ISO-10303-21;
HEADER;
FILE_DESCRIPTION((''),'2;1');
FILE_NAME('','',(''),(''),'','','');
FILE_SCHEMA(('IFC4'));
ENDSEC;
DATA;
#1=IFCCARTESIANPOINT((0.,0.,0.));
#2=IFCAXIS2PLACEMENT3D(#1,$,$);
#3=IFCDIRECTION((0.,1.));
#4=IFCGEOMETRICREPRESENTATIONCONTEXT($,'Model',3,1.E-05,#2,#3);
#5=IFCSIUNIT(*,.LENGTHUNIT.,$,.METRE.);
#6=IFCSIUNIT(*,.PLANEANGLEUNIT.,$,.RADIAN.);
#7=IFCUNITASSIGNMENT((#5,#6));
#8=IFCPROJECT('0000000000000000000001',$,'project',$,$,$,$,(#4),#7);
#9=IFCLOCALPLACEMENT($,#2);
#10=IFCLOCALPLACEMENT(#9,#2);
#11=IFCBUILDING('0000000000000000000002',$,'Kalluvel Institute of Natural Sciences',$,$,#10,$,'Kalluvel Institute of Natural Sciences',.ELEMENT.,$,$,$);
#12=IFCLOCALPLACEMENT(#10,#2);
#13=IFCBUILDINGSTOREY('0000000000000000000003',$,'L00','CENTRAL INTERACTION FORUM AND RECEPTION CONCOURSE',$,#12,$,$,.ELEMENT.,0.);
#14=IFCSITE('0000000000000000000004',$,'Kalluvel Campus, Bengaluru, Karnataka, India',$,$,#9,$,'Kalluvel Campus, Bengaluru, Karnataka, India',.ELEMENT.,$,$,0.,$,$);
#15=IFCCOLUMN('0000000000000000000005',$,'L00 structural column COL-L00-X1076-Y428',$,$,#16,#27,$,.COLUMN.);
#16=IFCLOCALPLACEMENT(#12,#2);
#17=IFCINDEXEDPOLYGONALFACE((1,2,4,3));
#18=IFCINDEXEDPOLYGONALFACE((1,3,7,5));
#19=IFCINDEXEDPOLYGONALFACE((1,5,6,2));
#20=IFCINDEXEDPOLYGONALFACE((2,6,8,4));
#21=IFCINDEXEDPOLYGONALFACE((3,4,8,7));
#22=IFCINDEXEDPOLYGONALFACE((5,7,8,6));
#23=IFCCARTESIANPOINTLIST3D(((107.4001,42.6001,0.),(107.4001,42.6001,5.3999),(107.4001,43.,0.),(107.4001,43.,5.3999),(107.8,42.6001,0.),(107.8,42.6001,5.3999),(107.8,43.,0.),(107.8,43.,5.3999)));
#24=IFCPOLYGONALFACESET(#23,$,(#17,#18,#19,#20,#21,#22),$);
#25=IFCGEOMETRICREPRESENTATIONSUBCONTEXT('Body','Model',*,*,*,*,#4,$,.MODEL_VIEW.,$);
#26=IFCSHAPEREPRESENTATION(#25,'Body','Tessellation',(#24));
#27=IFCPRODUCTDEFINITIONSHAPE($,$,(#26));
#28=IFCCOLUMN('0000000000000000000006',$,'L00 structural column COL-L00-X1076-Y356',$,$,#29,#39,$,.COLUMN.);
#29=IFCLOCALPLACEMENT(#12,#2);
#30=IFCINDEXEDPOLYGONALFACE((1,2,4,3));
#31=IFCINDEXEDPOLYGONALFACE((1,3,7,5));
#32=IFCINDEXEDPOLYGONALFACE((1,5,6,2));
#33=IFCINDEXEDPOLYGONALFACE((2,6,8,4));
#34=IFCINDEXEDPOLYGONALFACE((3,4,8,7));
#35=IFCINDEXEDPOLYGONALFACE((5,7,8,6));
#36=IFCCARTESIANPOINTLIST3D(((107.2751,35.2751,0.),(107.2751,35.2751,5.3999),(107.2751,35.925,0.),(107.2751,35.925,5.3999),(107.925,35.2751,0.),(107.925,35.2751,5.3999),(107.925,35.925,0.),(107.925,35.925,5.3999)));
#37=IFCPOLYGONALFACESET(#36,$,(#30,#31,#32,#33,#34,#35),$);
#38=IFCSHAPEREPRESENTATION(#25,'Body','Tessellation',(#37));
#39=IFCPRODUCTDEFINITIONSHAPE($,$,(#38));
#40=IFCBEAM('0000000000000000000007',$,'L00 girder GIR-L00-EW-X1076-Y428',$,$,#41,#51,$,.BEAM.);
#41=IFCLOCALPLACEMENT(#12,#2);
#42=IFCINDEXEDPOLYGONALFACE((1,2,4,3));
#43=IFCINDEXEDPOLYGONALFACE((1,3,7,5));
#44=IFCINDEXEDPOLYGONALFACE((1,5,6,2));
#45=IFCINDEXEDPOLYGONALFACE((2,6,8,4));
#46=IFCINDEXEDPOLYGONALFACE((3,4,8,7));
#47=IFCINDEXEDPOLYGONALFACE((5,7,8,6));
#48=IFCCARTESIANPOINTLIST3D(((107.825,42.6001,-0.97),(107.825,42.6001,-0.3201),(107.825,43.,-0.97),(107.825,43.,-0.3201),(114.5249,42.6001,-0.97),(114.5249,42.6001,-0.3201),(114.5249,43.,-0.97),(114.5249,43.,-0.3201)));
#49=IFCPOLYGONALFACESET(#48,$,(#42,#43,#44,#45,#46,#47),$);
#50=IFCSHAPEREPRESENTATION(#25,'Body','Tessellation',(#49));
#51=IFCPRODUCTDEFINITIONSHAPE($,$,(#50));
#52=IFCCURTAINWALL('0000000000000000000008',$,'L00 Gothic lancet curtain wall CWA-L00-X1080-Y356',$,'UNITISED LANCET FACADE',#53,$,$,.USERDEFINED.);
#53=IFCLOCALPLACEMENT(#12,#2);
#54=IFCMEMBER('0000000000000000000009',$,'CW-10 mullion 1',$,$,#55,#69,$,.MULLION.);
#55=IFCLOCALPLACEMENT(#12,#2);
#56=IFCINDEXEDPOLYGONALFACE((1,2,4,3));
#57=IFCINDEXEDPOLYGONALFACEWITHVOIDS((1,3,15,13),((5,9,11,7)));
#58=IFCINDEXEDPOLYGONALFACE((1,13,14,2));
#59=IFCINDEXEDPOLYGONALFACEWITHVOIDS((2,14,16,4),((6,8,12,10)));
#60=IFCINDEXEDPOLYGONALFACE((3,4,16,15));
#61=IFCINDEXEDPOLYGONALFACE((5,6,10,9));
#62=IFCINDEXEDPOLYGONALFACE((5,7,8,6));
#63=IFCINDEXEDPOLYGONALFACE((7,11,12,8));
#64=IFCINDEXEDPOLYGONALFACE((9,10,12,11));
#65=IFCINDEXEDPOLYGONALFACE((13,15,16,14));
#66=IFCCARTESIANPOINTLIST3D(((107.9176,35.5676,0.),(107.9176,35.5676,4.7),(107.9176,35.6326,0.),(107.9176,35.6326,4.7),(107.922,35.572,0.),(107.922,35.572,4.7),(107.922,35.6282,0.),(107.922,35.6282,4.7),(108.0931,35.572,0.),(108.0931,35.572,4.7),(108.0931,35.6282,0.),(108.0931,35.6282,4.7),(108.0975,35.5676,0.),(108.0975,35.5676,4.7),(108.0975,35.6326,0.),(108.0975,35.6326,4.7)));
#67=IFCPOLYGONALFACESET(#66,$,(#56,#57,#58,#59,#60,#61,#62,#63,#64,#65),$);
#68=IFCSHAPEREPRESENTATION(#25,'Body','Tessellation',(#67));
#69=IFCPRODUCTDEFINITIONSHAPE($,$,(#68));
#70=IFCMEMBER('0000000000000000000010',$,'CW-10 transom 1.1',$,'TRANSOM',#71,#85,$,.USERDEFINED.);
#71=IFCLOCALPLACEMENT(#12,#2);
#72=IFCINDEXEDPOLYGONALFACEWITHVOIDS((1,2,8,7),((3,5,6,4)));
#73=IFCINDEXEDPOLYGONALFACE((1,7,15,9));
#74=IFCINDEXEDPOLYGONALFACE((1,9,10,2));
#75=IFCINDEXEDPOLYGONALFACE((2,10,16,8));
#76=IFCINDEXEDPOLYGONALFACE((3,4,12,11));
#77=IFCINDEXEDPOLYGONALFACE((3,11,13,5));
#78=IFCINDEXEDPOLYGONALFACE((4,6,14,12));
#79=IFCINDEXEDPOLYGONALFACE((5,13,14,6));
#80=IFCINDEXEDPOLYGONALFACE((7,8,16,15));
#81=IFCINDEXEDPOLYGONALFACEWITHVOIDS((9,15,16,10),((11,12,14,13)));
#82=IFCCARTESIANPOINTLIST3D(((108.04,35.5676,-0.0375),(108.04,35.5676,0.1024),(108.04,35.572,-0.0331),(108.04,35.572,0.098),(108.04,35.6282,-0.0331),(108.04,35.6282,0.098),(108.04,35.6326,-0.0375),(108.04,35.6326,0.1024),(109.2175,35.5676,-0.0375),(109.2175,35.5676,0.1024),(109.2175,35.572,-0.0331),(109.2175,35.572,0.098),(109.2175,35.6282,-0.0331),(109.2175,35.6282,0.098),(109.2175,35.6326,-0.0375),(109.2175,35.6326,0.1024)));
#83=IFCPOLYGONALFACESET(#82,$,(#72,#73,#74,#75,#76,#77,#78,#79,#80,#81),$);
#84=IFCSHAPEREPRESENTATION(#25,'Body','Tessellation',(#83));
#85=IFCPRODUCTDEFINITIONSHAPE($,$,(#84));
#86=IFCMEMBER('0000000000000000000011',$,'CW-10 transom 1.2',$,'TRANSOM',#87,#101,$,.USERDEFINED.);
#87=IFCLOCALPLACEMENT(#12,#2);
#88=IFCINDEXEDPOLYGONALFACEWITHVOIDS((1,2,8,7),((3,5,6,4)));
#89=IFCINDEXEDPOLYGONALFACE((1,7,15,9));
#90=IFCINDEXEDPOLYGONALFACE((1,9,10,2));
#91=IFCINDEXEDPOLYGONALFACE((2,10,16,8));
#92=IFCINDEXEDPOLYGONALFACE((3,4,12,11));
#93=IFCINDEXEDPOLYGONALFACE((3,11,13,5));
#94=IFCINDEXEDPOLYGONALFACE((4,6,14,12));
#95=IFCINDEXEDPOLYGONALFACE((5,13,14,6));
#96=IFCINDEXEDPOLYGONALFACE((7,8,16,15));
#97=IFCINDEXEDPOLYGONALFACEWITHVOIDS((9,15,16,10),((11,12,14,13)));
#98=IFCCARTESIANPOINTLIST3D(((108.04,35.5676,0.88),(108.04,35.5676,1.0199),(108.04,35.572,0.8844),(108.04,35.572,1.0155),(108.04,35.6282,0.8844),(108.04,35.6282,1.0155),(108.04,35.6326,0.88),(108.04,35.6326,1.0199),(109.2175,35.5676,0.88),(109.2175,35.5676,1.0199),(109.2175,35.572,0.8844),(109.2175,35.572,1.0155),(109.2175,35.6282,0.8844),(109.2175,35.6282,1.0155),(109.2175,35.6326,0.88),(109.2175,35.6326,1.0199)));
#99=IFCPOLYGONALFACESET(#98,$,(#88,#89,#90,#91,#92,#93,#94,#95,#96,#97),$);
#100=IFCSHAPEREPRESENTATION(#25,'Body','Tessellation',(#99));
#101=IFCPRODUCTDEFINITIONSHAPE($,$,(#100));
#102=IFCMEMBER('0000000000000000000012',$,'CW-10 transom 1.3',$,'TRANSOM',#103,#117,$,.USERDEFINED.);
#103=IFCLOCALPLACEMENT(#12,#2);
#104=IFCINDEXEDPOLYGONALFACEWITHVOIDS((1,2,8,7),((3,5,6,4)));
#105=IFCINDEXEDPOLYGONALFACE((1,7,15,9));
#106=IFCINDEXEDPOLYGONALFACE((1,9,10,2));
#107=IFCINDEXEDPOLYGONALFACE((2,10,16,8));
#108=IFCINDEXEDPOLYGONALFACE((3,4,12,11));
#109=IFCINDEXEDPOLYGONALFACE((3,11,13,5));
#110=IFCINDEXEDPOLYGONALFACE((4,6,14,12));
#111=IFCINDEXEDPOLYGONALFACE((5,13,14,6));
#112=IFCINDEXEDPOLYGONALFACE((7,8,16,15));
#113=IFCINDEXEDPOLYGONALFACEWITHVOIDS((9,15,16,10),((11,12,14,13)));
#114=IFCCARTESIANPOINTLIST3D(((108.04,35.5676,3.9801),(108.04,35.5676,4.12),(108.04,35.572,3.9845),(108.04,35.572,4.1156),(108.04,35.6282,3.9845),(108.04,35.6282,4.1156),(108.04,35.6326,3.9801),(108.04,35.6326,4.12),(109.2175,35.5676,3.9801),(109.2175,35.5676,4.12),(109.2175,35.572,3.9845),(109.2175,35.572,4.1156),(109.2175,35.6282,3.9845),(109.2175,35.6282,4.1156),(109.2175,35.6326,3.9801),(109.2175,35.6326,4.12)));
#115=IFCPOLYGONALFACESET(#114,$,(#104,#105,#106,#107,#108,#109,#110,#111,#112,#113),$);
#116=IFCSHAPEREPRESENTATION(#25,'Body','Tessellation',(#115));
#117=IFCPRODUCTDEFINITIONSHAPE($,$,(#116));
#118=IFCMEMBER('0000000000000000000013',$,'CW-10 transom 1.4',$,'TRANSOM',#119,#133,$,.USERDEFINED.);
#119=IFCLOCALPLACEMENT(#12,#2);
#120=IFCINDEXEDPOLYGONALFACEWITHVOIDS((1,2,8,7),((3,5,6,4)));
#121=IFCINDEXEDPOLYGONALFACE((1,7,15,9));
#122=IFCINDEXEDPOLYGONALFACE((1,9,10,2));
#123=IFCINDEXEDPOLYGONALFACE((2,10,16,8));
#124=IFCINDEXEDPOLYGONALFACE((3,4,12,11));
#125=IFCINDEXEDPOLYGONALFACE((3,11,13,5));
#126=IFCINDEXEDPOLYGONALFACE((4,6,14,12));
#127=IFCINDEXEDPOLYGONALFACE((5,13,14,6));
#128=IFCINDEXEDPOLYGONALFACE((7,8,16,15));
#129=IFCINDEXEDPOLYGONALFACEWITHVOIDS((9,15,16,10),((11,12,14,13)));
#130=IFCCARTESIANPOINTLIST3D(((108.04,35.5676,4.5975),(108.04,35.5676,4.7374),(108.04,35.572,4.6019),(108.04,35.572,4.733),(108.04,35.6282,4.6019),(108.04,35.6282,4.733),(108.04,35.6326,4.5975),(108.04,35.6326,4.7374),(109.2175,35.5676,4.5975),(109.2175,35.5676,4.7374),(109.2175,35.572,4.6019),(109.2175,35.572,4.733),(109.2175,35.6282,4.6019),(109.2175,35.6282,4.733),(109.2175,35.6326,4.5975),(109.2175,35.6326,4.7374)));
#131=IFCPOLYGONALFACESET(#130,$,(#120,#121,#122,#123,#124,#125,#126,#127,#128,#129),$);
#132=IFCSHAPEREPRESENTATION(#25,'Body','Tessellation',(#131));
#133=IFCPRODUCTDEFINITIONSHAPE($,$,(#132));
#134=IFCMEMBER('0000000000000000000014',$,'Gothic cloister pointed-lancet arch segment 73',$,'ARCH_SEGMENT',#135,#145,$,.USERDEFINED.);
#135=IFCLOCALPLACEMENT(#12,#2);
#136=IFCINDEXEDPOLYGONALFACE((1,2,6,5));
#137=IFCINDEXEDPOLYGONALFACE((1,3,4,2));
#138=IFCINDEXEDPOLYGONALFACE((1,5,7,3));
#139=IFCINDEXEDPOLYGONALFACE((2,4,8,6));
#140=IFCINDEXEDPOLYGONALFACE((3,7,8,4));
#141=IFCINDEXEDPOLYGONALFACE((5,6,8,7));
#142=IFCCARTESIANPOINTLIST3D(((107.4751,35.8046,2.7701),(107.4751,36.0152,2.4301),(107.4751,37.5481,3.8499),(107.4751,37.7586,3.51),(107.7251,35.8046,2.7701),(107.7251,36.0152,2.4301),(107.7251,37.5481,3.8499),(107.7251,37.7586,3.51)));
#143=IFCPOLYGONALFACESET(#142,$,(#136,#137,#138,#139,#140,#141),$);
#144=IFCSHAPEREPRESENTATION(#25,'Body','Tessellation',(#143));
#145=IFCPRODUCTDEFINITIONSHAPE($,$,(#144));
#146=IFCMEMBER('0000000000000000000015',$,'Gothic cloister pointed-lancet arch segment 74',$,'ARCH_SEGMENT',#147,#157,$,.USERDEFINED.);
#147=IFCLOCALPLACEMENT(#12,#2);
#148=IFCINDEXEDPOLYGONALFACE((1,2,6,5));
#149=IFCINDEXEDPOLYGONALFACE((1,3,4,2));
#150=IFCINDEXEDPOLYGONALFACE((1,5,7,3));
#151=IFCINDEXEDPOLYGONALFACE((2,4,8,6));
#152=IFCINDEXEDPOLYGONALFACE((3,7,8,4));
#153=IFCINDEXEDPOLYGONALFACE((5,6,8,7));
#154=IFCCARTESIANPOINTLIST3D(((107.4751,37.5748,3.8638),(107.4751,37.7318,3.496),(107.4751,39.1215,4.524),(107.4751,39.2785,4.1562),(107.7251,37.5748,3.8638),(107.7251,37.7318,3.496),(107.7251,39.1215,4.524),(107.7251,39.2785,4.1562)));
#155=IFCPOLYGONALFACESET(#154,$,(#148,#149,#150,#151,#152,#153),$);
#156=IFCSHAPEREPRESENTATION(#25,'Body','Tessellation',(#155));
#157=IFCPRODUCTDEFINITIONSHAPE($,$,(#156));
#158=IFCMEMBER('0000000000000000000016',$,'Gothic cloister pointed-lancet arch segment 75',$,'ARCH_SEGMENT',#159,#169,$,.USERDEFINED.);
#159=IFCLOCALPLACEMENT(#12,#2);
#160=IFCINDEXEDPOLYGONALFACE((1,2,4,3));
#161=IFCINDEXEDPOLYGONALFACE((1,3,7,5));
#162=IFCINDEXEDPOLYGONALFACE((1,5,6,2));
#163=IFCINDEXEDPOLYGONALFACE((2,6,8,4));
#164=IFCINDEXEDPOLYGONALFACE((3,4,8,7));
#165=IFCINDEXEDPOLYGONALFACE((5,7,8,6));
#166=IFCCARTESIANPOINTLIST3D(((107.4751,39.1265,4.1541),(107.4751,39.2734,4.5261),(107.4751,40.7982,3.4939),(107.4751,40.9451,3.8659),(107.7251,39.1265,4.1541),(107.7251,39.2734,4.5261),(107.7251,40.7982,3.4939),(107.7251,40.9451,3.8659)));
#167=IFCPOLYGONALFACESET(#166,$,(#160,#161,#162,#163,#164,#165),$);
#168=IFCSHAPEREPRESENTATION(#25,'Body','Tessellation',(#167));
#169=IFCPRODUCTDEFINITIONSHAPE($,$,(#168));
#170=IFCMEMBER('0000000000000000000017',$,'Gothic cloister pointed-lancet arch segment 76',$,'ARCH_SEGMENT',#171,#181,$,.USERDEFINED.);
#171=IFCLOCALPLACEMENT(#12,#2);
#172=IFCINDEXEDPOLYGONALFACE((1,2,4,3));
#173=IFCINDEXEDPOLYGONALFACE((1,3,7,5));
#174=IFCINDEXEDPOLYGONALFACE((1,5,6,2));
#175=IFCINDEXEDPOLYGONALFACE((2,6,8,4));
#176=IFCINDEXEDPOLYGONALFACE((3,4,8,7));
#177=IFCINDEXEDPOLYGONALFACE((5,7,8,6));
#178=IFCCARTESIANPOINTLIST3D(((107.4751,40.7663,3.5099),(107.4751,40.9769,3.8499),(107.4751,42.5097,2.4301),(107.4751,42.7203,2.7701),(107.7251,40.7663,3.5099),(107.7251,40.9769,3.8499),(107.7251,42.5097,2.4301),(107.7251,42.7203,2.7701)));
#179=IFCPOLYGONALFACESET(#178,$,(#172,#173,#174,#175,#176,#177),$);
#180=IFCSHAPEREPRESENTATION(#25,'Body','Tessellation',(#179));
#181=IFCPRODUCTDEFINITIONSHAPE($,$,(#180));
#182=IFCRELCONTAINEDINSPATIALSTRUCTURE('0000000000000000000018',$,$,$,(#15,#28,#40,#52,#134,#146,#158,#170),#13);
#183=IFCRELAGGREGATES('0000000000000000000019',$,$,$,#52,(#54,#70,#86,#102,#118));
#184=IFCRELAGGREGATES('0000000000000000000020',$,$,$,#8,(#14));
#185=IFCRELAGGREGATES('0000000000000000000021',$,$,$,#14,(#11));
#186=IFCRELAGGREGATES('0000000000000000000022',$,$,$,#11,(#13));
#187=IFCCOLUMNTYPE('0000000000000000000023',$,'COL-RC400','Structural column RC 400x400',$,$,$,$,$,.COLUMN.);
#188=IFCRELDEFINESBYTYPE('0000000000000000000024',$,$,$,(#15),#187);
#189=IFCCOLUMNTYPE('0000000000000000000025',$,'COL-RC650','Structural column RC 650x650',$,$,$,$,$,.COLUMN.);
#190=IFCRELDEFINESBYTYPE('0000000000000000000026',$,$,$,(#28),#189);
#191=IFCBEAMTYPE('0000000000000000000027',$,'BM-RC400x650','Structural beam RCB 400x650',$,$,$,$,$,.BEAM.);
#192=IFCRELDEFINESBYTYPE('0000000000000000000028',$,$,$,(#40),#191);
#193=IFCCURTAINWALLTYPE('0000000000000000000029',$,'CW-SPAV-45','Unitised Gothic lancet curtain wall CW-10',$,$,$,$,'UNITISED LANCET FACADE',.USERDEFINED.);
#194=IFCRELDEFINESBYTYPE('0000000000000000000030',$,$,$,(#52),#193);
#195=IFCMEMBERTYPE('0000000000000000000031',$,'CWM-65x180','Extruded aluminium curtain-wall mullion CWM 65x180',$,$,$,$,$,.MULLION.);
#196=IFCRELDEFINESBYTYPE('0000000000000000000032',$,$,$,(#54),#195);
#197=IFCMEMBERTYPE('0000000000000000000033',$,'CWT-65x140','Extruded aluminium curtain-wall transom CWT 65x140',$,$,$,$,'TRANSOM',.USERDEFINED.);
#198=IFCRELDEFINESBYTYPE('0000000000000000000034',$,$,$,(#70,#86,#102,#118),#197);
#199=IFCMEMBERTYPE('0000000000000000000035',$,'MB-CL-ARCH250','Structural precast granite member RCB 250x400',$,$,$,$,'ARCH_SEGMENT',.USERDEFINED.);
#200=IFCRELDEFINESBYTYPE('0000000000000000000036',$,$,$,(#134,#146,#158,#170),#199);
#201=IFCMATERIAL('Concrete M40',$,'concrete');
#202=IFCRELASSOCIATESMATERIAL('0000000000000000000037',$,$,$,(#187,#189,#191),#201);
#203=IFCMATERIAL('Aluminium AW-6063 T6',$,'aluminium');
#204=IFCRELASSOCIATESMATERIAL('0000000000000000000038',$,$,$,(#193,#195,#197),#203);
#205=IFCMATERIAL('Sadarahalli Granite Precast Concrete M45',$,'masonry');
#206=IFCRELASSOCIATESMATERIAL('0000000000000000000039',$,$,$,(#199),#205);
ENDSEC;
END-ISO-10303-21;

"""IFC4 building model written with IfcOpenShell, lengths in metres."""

from ifc_helpers import new_model, si_unit, direction, frame, origin, origin_2d, place, context, subcontext, project, spatial, rectangle, hollow_rectangle, extrude, material, material_profile, profile_set, type_object, element, aggregate, save


model = new_model("IFC4")

# Units and contexts
model_context = context("Model", 3, precision=1e-05, world=origin(), true_north=direction((0.0, 1.0)))
body_context = subcontext(model_context, "Body", "Model", "MODEL_VIEW")
ifc_project = project(units=[si_unit("LENGTHUNIT", "METRE"), si_unit("PLANEANGLEUNIT", "RADIAN")], contexts=[model_context])

# Site, building, storey
site_placement = place(None, origin())
site = spatial("IfcSite", under=ifc_project, at=site_placement, Name="Kalluvel Campus, Bengaluru, Karnataka, India", LongName="Kalluvel Campus, Bengaluru, Karnataka, India", CompositionType="ELEMENT", RefElevation=0.0)
building_placement = place(site_placement, origin())
building = spatial("IfcBuilding", under=site, at=building_placement, Name="Kalluvel Institute of Natural Sciences", LongName="Kalluvel Institute of Natural Sciences", CompositionType="ELEMENT")
storey_placement = place(building_placement, origin())
storey = spatial("IfcBuildingStorey", under=building, at=storey_placement, Name="L00", Description="CENTRAL INTERACTION FORUM AND RECEPTION CONCOURSE", CompositionType="ELEMENT", Elevation=0.0)

# Columns
ifc_material_1 = material(Name="Concrete M40", Category="concrete")
ifc_material_profile_1 = material_profile(ifc_material_1, rectangle(XDim=0.3999, YDim=0.3999, at=origin_2d()), Name="RC 400x400")
ifc_profile_set_1 = profile_set([ifc_material_profile_1], Name="Concrete M40")
column_type_1 = type_object("IfcColumnType", Name="COL-RC400", Description="Structural column RC 400x400", PredefinedType="COLUMN", material=ifc_profile_set_1)
column_1_placement = place(storey_placement, frame((107.6001, 42.8, 0.0), z_axis=(0.0, 0.0, 1.0), x_axis=(1.0, 0.0, 0.0)))
element("IfcColumn", 1, at=column_1_placement, inside=storey, type_object=column_type_1, Name="L00 structural column COL-L00-X1076-Y428", PredefinedType="COLUMN", context=body_context, shape_type="SweptSolid", body=[
    extrude(rectangle(XDim=0.3999, YDim=0.3999, at=origin_2d()), origin(), (0.0, 0.0, 1.0), 5.3999),
])
ifc_material_profile_2 = material_profile(ifc_material_1, rectangle(XDim=0.6499, YDim=0.6499, at=origin_2d()), Name="RC 650x650")
ifc_profile_set_2 = profile_set([ifc_material_profile_2], Name="Concrete M40")
column_type_2 = type_object("IfcColumnType", Name="COL-RC650", Description="Structural column RC 650x650", PredefinedType="COLUMN", material=ifc_profile_set_2)
column_2_placement = place(storey_placement, frame((107.6001, 35.6001, 0.0), z_axis=(0.0, 0.0, 1.0), x_axis=(1.0, 0.0, 0.0)))
element("IfcColumn", 2, at=column_2_placement, inside=storey, type_object=column_type_2, Name="L00 structural column COL-L00-X1076-Y356", PredefinedType="COLUMN", context=body_context, shape_type="SweptSolid", body=[
    extrude(rectangle(XDim=0.6499, YDim=0.6499, at=origin_2d()), origin(), (0.0, 0.0, 1.0), 5.3999),
])

# Beam
ifc_material_profile_3 = material_profile(ifc_material_1, rectangle(XDim=0.3999, YDim=0.6499, at=origin_2d()), Name="RCB 400x650")
ifc_profile_set_3 = profile_set([ifc_material_profile_3], Name="Concrete M40")
beam_type_1 = type_object("IfcBeamType", Name="BM-RC400x650", Description="Structural beam RCB 400x650", PredefinedType="BEAM", material=ifc_profile_set_3)
beam_1_placement = place(storey_placement, frame((107.825, 42.8, -0.645), z_axis=(1.0, 0.0, 0.0), x_axis=(0.0, 1.0, 0.0)))
element("IfcBeam", 3, at=beam_1_placement, inside=storey, type_object=beam_type_1, Name="L00 girder GIR-L00-EW-X1076-Y428", PredefinedType="BEAM", context=body_context, shape_type="SweptSolid", body=[
    extrude(rectangle(XDim=0.3999, YDim=0.6499, at=origin_2d()), origin(), (0.0, 0.0, 1.0), 6.7),
])

# Curtain wall, members
ifc_material_2 = material(Name="Aluminium AW-6063 T6", Category="aluminium")
curtain_wall_type = type_object("IfcCurtainWallType", Name="CW-SPAV-45", Description="Unitised Gothic lancet curtain wall CW-10", ElementType="UNITISED LANCET FACADE", PredefinedType="USERDEFINED", material=ifc_material_2)
curtain_wall_placement = place(storey_placement, origin())
curtain_wall = element("IfcCurtainWall", 4, at=curtain_wall_placement, inside=storey, type_object=curtain_wall_type, Name="L00 Gothic lancet curtain wall CWA-L00-X1080-Y356", ObjectType="UNITISED LANCET FACADE", PredefinedType="USERDEFINED")
ifc_material_profile_4 = material_profile(ifc_material_2, hollow_rectangle(XDim=0.0649, YDim=0.1799, WallThickness=0.0044, at=origin_2d()), Name="CWM 65x180")
ifc_profile_set_4 = profile_set([ifc_material_profile_4], Name="Aluminium AW-6063 T6")
member_type_1 = type_object("IfcMemberType", Name="CWM-65x180", Description="Extruded aluminium curtain-wall mullion CWM 65x180", PredefinedType="MULLION", material=ifc_profile_set_4)
member_1_placement = place(storey_placement, frame((108.0076, 35.6001, 0.0), z_axis=(0.0, 0.0, 1.0), x_axis=(0.0, 1.0, 0.0)))
member_1 = element("IfcMember", 5, at=member_1_placement, type_object=member_type_1, Name="CW-10 mullion 1", PredefinedType="MULLION", context=body_context, shape_type="SweptSolid", body=[
    extrude(hollow_rectangle(XDim=0.0649, YDim=0.1799, WallThickness=0.0044, at=origin_2d()), origin(), (0.0, 0.0, 1.0), 4.7),
])
ifc_material_profile_5 = material_profile(ifc_material_2, hollow_rectangle(XDim=0.0649, YDim=0.1399, WallThickness=0.0044, at=origin_2d()), Name="CWT 65x140")
ifc_profile_set_5 = profile_set([ifc_material_profile_5], Name="Aluminium AW-6063 T6")
member_type_2 = type_object("IfcMemberType", Name="CWT-65x140", Description="Extruded aluminium curtain-wall transom CWT 65x140", ElementType="TRANSOM", PredefinedType="USERDEFINED", material=ifc_profile_set_5)
member_2_placement = place(storey_placement, frame((108.04, 35.6001, 0.0325), z_axis=(1.0, 0.0, 0.0), x_axis=(0.0, 1.0, 0.0)))
member_2 = element("IfcMember", 6, at=member_2_placement, type_object=member_type_2, Name="CW-10 transom 1.1", ObjectType="TRANSOM", PredefinedType="USERDEFINED", context=body_context, shape_type="SweptSolid", body=[
    extrude(hollow_rectangle(XDim=0.0649, YDim=0.1399, WallThickness=0.0044, at=origin_2d()), origin(), (0.0, 0.0, 1.0), 1.1775),
])
member_3_placement = place(storey_placement, frame((108.04, 35.6001, 0.95), z_axis=(1.0, 0.0, 0.0), x_axis=(0.0, 1.0, 0.0)))
member_3 = element("IfcMember", 7, at=member_3_placement, type_object=member_type_2, Name="CW-10 transom 1.2", ObjectType="TRANSOM", PredefinedType="USERDEFINED", context=body_context, shape_type="SweptSolid", body=[
    extrude(hollow_rectangle(XDim=0.0649, YDim=0.1399, WallThickness=0.0044, at=origin_2d()), origin(), (0.0, 0.0, 1.0), 1.1775),
])
member_4_placement = place(storey_placement, frame((108.04, 35.6001, 4.05), z_axis=(1.0, 0.0, 0.0), x_axis=(0.0, 1.0, 0.0)))
member_4 = element("IfcMember", 8, at=member_4_placement, type_object=member_type_2, Name="CW-10 transom 1.3", ObjectType="TRANSOM", PredefinedType="USERDEFINED", context=body_context, shape_type="SweptSolid", body=[
    extrude(hollow_rectangle(XDim=0.0649, YDim=0.1399, WallThickness=0.0044, at=origin_2d()), origin(), (0.0, 0.0, 1.0), 1.1775),
])
member_5_placement = place(storey_placement, frame((108.04, 35.6001, 4.6675), z_axis=(1.0, 0.0, 0.0), x_axis=(0.0, 1.0, 0.0)))
member_5 = element("IfcMember", 9, at=member_5_placement, type_object=member_type_2, Name="CW-10 transom 1.4", ObjectType="TRANSOM", PredefinedType="USERDEFINED", context=body_context, shape_type="SweptSolid", body=[
    extrude(hollow_rectangle(XDim=0.0649, YDim=0.1399, WallThickness=0.0044, at=origin_2d()), origin(), (0.0, 0.0, 1.0), 1.1775),
])

# Members
ifc_material_3 = material(Name="Sadarahalli Granite Precast Concrete M45", Category="masonry")
ifc_material_profile_6 = material_profile(ifc_material_3, rectangle(XDim=0.25, YDim=0.3999, at=origin_2d()), Name="RCB 250x400")
ifc_profile_set_6 = profile_set([ifc_material_profile_6], Name="Sadarahalli Granite Precast Concrete M45")
member_type_3 = type_object("IfcMemberType", Name="MB-CL-ARCH250", Description="Structural precast granite member RCB 250x400", ElementType="ARCH_SEGMENT", PredefinedType="USERDEFINED", material=ifc_profile_set_6)
member_6_placement = place(storey_placement, frame((107.6001, 35.9099, 2.6001), z_axis=(0.0, 0.850138, 0.52656), x_axis=(-1.0, 0.0, 0.0)))
element("IfcMember", 10, at=member_6_placement, inside=storey, type_object=member_type_3, Name="Gothic cloister pointed-lancet arch segment 73", ObjectType="ARCH_SEGMENT", PredefinedType="USERDEFINED", context=body_context, shape_type="SweptSolid", body=[
    extrude(rectangle(XDim=0.25, YDim=0.3999, at=origin_2d()), origin(), (0.0, 0.0, 1.0), 2.0508),
])
member_7_placement = place(storey_placement, frame((107.6001, 37.6533, 3.6799), z_axis=(0.0, 0.919722, 0.39257), x_axis=(-1.0, 0.0, 0.0)))
element("IfcMember", 11, at=member_7_placement, inside=storey, type_object=member_type_3, Name="Gothic cloister pointed-lancet arch segment 74", ObjectType="ARCH_SEGMENT", PredefinedType="USERDEFINED", context=body_context, shape_type="SweptSolid", body=[
    extrude(rectangle(XDim=0.25, YDim=0.3999, at=origin_2d()), origin(), (0.0, 0.0, 1.0), 1.6816),
])
member_8_placement = place(storey_placement, frame((107.6001, 39.2, 4.3401), z_axis=(0.0, 0.930098, -0.367312), x_axis=(-1.0, 0.0, 0.0)))
element("IfcMember", 12, at=member_8_placement, inside=storey, type_object=member_type_3, Name="Gothic cloister pointed-lancet arch segment 75", ObjectType="ARCH_SEGMENT", PredefinedType="USERDEFINED", context=body_context, shape_type="SweptSolid", body=[
    extrude(rectangle(XDim=0.25, YDim=0.3999, at=origin_2d()), origin(), (0.0, 0.0, 1.0), 1.7974),
])
member_9_placement = place(storey_placement, frame((107.6001, 40.8716, 3.6799), z_axis=(0.0, 0.850138, -0.52656), x_axis=(-1.0, 0.0, 0.0)))
element("IfcMember", 13, at=member_9_placement, inside=storey, type_object=member_type_3, Name="Gothic cloister pointed-lancet arch segment 76", ObjectType="ARCH_SEGMENT", PredefinedType="USERDEFINED", context=body_context, shape_type="SweptSolid", body=[
    extrude(rectangle(XDim=0.25, YDim=0.3999, at=origin_2d()), origin(), (0.0, 0.0, 1.0), 2.0508),
])

aggregate(curtain_wall, [member_1, member_2, member_3, member_4, member_5])

save(model, "model.ifc")
